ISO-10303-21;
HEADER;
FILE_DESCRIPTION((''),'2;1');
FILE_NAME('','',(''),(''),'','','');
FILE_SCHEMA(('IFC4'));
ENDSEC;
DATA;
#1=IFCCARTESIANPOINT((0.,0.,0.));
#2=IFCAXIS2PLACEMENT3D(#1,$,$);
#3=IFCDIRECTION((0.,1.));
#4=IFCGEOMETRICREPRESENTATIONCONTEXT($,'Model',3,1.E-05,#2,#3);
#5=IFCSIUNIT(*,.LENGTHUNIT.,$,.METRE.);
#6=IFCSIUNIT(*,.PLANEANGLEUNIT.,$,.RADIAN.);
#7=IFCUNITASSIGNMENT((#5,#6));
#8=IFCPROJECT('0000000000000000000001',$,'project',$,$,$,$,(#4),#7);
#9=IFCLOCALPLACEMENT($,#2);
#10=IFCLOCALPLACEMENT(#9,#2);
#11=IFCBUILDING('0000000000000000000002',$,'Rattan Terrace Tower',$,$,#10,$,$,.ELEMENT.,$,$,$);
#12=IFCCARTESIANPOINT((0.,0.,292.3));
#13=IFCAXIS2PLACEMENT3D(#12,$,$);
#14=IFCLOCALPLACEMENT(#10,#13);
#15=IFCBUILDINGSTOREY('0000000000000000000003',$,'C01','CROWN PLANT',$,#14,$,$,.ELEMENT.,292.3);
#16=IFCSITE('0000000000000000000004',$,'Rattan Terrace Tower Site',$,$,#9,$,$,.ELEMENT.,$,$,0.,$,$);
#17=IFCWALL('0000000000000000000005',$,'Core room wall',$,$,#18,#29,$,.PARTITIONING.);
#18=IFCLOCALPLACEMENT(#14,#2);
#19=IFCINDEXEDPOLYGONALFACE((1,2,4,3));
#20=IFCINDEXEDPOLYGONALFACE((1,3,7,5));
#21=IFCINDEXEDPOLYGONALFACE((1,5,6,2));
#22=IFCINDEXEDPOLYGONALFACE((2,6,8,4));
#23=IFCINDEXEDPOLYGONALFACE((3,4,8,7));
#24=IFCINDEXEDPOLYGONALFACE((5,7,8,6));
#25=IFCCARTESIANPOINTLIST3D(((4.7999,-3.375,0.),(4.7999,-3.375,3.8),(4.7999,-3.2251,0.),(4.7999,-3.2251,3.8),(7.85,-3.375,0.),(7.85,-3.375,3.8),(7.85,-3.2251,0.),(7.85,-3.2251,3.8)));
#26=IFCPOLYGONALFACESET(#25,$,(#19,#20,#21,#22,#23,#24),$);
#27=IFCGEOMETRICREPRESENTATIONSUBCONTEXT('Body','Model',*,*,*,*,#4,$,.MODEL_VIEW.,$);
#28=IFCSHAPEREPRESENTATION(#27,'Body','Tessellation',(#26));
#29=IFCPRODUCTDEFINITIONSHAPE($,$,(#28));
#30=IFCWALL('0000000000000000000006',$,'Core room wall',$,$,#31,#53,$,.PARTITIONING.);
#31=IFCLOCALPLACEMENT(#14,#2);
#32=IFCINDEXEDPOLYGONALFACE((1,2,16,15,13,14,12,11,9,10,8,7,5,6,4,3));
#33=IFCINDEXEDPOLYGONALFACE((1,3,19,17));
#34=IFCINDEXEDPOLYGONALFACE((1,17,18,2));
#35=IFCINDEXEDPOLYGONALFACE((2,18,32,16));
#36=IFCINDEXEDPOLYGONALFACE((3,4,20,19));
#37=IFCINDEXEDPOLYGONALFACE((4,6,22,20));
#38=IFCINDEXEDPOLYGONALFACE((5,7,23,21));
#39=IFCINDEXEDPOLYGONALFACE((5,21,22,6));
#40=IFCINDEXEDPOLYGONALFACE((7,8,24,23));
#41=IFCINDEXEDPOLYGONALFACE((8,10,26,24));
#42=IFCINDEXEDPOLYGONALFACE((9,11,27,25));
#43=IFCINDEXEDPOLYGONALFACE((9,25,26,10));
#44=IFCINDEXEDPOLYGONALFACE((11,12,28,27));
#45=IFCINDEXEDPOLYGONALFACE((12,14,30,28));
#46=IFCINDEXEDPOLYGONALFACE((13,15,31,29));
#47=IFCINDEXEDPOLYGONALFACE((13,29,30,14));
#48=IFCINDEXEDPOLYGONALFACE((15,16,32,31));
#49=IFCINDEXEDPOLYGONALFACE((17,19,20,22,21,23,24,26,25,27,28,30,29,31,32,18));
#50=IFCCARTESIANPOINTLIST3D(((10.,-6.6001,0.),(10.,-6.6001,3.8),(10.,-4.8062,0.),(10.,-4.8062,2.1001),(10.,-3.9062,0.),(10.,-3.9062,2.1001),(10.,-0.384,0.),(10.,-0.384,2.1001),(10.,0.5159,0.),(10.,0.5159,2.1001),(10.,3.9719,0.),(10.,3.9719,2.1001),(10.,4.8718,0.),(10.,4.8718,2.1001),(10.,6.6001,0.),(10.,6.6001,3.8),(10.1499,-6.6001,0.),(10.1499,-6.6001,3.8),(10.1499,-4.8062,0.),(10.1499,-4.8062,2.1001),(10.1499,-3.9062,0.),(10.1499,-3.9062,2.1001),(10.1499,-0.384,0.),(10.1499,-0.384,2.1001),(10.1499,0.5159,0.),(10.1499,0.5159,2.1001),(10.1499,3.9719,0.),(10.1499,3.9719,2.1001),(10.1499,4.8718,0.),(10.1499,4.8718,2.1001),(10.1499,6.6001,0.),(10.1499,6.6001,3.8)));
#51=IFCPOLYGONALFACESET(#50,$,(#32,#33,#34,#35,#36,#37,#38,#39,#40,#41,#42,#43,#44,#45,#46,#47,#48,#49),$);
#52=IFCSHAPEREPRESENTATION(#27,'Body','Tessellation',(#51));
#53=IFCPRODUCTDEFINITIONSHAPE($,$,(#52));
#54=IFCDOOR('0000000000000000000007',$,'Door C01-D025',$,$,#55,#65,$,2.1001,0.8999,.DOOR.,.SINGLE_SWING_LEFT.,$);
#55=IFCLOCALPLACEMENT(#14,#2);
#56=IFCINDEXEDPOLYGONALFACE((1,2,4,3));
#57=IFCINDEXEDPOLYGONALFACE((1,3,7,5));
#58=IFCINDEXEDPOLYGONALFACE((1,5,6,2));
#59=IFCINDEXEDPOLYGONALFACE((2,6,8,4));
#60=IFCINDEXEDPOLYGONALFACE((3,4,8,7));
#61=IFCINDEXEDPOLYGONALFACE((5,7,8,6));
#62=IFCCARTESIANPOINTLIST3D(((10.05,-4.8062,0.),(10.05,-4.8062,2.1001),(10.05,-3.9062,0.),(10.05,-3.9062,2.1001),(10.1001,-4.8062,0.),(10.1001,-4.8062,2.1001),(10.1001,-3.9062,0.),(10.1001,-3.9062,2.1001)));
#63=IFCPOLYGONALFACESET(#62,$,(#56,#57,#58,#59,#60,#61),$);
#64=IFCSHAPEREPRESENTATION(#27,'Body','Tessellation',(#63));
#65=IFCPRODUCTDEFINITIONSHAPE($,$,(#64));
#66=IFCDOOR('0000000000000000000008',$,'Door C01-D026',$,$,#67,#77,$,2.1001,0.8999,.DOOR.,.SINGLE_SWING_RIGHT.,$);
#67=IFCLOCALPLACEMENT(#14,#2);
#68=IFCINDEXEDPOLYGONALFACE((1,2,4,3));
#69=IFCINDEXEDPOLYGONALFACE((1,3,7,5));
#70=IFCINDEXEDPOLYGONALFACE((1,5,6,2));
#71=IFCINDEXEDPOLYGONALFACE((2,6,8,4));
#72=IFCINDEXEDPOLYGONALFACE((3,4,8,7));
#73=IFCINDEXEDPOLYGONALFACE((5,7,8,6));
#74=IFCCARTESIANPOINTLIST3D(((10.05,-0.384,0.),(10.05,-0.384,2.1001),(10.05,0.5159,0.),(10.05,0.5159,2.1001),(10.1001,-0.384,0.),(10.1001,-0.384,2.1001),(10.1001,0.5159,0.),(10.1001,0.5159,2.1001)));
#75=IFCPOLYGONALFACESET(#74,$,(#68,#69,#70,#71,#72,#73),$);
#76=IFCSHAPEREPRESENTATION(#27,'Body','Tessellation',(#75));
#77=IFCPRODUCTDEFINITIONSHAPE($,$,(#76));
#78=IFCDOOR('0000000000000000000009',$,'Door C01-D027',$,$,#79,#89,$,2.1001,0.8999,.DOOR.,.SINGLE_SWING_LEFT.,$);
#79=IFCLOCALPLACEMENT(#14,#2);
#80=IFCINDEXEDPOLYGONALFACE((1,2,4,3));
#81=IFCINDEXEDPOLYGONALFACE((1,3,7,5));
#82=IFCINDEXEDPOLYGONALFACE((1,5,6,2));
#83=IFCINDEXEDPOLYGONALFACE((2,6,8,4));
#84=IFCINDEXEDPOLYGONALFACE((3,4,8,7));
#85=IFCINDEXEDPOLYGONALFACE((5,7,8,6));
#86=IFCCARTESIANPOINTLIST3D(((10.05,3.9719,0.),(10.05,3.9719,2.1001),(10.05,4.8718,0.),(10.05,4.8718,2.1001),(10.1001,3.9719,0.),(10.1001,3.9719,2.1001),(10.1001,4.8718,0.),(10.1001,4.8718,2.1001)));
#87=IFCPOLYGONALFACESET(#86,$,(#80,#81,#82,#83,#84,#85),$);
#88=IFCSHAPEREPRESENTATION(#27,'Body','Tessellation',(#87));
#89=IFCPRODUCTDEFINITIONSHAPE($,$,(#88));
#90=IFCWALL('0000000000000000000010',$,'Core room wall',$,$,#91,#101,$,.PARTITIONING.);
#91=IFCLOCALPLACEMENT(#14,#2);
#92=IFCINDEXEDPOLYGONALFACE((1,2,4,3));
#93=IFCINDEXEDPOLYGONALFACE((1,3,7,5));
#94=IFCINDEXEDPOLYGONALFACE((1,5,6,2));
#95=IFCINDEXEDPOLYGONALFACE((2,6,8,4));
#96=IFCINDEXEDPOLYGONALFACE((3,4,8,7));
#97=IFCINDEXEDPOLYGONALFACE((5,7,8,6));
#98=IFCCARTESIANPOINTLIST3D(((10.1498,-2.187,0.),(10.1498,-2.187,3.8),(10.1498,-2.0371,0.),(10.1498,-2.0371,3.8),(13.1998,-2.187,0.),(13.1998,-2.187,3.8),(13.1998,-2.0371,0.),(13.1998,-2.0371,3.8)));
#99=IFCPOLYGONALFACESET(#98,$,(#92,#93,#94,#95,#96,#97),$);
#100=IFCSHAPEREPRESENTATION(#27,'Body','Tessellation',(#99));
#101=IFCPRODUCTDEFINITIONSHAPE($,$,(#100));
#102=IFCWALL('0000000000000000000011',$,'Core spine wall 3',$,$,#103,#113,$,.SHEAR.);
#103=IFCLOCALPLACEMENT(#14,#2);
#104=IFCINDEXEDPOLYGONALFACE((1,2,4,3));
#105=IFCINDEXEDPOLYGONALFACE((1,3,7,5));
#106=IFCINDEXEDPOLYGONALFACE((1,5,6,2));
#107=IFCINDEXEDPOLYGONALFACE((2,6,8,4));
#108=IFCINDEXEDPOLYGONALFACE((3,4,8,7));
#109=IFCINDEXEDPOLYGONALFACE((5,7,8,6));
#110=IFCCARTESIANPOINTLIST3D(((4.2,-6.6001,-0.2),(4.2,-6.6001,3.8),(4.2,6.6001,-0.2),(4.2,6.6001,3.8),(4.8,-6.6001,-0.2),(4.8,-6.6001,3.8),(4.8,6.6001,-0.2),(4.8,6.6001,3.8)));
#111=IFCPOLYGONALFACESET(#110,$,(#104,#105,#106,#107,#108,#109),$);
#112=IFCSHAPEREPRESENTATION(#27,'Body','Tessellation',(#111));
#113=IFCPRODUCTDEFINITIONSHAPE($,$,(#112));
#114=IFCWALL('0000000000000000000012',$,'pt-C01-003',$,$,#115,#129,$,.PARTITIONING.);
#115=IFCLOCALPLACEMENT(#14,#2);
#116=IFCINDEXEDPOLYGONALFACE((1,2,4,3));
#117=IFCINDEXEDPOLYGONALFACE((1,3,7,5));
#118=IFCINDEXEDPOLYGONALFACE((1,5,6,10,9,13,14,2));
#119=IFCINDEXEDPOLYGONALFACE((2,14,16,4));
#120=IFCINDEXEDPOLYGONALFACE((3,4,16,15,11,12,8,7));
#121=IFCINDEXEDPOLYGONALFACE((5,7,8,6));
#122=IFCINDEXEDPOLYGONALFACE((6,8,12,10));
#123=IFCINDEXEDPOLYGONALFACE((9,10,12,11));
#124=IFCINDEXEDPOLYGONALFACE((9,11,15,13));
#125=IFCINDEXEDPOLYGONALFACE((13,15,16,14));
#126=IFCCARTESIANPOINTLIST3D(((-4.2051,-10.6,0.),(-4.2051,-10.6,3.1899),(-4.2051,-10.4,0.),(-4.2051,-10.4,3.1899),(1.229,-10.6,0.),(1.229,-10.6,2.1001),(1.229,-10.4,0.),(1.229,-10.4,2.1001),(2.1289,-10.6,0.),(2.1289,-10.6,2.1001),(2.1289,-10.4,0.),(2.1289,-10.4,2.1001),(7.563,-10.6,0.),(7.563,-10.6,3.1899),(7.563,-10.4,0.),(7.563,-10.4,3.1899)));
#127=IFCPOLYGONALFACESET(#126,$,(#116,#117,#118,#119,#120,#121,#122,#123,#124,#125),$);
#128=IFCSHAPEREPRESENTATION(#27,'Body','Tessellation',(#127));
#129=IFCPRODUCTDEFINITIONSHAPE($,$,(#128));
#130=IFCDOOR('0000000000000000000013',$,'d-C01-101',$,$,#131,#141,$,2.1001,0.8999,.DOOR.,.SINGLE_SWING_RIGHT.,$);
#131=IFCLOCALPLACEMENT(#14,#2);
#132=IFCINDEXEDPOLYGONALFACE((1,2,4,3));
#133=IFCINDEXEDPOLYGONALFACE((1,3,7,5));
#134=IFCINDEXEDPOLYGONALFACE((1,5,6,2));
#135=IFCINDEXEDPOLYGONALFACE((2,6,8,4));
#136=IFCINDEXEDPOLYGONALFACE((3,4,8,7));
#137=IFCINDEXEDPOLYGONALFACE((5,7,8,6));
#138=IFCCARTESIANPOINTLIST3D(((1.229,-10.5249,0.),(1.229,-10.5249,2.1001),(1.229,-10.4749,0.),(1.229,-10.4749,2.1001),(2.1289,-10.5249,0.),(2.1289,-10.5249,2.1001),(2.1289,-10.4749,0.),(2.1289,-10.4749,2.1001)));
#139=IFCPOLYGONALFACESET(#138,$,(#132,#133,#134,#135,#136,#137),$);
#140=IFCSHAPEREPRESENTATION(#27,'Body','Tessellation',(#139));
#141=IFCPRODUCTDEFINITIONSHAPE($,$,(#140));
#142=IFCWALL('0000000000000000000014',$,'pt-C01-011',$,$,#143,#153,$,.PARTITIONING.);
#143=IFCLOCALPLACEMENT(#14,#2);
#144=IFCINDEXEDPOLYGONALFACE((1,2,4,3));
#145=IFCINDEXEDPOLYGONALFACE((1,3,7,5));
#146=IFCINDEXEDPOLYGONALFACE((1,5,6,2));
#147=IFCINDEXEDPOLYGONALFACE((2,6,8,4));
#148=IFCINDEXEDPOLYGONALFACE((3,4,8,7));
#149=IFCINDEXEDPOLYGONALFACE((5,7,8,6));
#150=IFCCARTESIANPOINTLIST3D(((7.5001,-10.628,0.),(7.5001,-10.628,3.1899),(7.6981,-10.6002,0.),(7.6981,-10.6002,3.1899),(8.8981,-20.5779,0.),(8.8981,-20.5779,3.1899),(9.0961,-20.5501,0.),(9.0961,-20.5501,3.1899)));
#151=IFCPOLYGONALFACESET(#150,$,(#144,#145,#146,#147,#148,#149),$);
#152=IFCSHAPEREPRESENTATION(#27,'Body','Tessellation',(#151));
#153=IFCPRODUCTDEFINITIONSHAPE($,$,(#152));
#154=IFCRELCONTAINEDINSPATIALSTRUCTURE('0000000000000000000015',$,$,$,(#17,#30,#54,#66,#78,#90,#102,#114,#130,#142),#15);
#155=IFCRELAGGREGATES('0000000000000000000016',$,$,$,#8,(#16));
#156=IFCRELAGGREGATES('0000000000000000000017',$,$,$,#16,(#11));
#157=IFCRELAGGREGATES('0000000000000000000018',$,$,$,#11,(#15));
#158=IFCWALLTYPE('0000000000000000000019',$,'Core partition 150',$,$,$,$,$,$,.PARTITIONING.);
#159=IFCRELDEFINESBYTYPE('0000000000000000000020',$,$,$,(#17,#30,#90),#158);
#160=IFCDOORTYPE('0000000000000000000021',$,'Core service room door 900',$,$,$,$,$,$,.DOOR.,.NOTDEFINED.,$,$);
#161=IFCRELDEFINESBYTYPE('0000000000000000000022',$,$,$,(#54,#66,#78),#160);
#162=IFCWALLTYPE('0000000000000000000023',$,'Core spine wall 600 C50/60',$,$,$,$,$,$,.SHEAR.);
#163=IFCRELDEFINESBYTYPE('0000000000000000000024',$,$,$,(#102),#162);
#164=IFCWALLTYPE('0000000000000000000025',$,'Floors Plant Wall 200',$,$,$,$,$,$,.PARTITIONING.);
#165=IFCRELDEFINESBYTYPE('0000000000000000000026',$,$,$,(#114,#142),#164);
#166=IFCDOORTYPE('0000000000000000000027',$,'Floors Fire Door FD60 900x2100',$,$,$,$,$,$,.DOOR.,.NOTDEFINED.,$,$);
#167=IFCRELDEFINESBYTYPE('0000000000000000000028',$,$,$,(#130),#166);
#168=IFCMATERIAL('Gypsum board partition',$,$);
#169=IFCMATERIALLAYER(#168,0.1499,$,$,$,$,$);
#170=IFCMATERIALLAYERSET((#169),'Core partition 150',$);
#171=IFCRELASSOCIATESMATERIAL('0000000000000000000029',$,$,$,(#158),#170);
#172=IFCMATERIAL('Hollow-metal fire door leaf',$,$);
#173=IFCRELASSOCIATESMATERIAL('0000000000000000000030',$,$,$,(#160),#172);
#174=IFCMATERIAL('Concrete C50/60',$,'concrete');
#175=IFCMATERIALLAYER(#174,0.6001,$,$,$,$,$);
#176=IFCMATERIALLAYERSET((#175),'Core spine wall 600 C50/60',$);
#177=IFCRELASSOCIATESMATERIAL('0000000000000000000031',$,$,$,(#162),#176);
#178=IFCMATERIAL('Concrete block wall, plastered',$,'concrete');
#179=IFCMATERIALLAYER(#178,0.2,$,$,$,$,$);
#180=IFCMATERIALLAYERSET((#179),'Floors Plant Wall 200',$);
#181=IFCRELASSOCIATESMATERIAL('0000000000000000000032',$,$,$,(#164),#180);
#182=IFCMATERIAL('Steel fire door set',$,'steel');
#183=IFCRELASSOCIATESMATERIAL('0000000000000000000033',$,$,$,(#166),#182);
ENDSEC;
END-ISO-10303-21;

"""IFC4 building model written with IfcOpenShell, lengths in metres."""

from ifc_helpers import new_model, si_unit, direction, frame, frame_2d, origin, place, context, subcontext, project, spatial, rectangle, extrude, material, layer, layer_set, type_object, element, fill, save


model = new_model("IFC4")

# Units and contexts
model_context = context("Model", 3, precision=1e-05, world=origin(), true_north=direction((0.0, 1.0)))
body_context = subcontext(model_context, "Body", "Model", "MODEL_VIEW")
ifc_project = project(units=[si_unit("LENGTHUNIT", "METRE"), si_unit("PLANEANGLEUNIT", "RADIAN")], contexts=[model_context])

# Site, building, storey
site_placement = place(None, origin())
site = spatial("IfcSite", under=ifc_project, at=site_placement, Name="Rattan Terrace Tower Site", CompositionType="ELEMENT", RefElevation=0.0)
building_placement = place(site_placement, origin())
building = spatial("IfcBuilding", under=site, at=building_placement, Name="Rattan Terrace Tower", CompositionType="ELEMENT")
storey_placement = place(building_placement, frame((0.0, 0.0, 292.3)))
storey = spatial("IfcBuildingStorey", under=building, at=storey_placement, Name="C01", Description="CROWN PLANT", CompositionType="ELEMENT", Elevation=292.3)

# Shared definitions
ifc_material_1 = material(Name="Gypsum board partition")
ifc_layer_1 = layer(ifc_material_1, 0.1499)
ifc_layer_set_1 = layer_set([ifc_layer_1], Name="Core partition 150")
wall_type_1 = type_object("IfcWallType", Name="Core partition 150", PredefinedType="PARTITIONING", material=ifc_layer_set_1)
ifc_material_2 = material(Name="Hollow-metal fire door leaf")
door_type_1 = type_object("IfcDoorType", Name="Core service room door 900", OperationType="NOTDEFINED", PredefinedType="DOOR", material=ifc_material_2)

# Wall
wall_1_placement = place(storey_placement, frame((4.8, -3.3, 0.0), z_axis=(0.0, 0.0, 1.0), x_axis=(1.0, 0.0, 0.0)))
element("IfcWall", 1, at=wall_1_placement, inside=storey, type_object=wall_type_1, Name="Core room wall", PredefinedType="PARTITIONING", context=body_context, shape_type="SweptSolid", body=[
    extrude(rectangle(XDim=3.05, YDim=0.1499, at=frame_2d((1.5249, 0.0))), origin(), (0.0, 0.0, 1.0), 3.8),
])

# Wall, openings, doors
wall_2_placement = place(storey_placement, frame((10.075, -6.6001, 0.0), z_axis=(0.0, 0.0, 1.0), x_axis=(0.0, 1.0, 0.0)))
wall_2 = element("IfcWall", 2, at=wall_2_placement, inside=storey, type_object=wall_type_1, Name="Core room wall", PredefinedType="PARTITIONING", context=body_context, shape_type="SweptSolid", body=[
    extrude(rectangle(XDim=13.2002, YDim=0.1499, at=frame_2d((6.6001, 0.0))), origin(), (0.0, 0.0, 1.0), 3.8),
])
opening_1_placement = place(wall_2_placement, frame((1.7939, 0.0, 0.0)))
opening_1 = element("IfcOpeningElement", 3, at=opening_1_placement, cuts=wall_2, PredefinedType="OPENING", context=body_context, shape_type="SweptSolid", body=[
    extrude(rectangle(XDim=0.8999, YDim=2.1001, at=frame_2d((0.45, 1.05))), frame((0.0, 0.0854, 0.0), z_axis=(0.0, -1.0, 0.0), x_axis=(1.0, 0.0, 0.0)), (0.0, 0.0, 1.0), 0.1709),
])
opening_2_placement = place(wall_2_placement, frame((6.2161, 0.0, 0.0)))
opening_2 = element("IfcOpeningElement", 4, at=opening_2_placement, cuts=wall_2, PredefinedType="OPENING", context=body_context, shape_type="SweptSolid", body=[
    extrude(rectangle(XDim=0.8999, YDim=2.1001, at=frame_2d((0.45, 1.05))), frame((0.0, 0.0854, 0.0), z_axis=(0.0, -1.0, 0.0), x_axis=(1.0, 0.0, 0.0)), (0.0, 0.0, 1.0), 0.1709),
])
opening_3_placement = place(wall_2_placement, frame((10.572, 0.0, 0.0)))
opening_3 = element("IfcOpeningElement", 5, at=opening_3_placement, cuts=wall_2, PredefinedType="OPENING", context=body_context, shape_type="SweptSolid", body=[
    extrude(rectangle(XDim=0.8999, YDim=2.1001, at=frame_2d((0.45, 1.05))), frame((0.0, 0.0854, 0.0), z_axis=(0.0, -1.0, 0.0), x_axis=(1.0, 0.0, 0.0)), (0.0, 0.0, 1.0), 0.1709),
])
door_1_placement = place(opening_1_placement, origin())
door_1 = element("IfcDoor", 6, at=door_1_placement, inside=storey, type_object=door_type_1, Name="Door C01-D025", OperationType="SINGLE_SWING_LEFT", OverallHeight=2.1001, OverallWidth=0.8999, PredefinedType="DOOR", context=body_context, shape_type="SweptSolid", body=[
    extrude(rectangle(XDim=0.8999, YDim=2.1001, at=frame_2d((0.45, 1.05))), frame((0.0, 0.0249, 0.0), z_axis=(0.0, -1.0, 0.0), x_axis=(1.0, 0.0, 0.0)), (0.0, 0.0, 1.0), 0.05),
])
fill(opening_1, door_1)
door_2_placement = place(opening_2_placement, origin())
door_2 = element("IfcDoor", 7, at=door_2_placement, inside=storey, type_object=door_type_1, Name="Door C01-D026", OperationType="SINGLE_SWING_RIGHT", OverallHeight=2.1001, OverallWidth=0.8999, PredefinedType="DOOR", context=body_context, shape_type="SweptSolid", body=[
    extrude(rectangle(XDim=0.8999, YDim=2.1001, at=frame_2d((0.45, 1.05))), frame((0.0, 0.0249, 0.0), z_axis=(0.0, -1.0, 0.0), x_axis=(1.0, 0.0, 0.0)), (0.0, 0.0, 1.0), 0.05),
])
fill(opening_2, door_2)
door_3_placement = place(opening_3_placement, origin())
door_3 = element("IfcDoor", 8, at=door_3_placement, inside=storey, type_object=door_type_1, Name="Door C01-D027", OperationType="SINGLE_SWING_LEFT", OverallHeight=2.1001, OverallWidth=0.8999, PredefinedType="DOOR", context=body_context, shape_type="SweptSolid", body=[
    extrude(rectangle(XDim=0.8999, YDim=2.1001, at=frame_2d((0.45, 1.05))), frame((0.0, 0.0249, 0.0), z_axis=(0.0, -1.0, 0.0), x_axis=(1.0, 0.0, 0.0)), (0.0, 0.0, 1.0), 0.05),
])
fill(opening_3, door_3)

# Walls
wall_3_placement = place(storey_placement, frame((10.1499, -2.1121, 0.0), z_axis=(0.0, 0.0, 1.0), x_axis=(1.0, 0.0, 0.0)))
element("IfcWall", 9, at=wall_3_placement, inside=storey, type_object=wall_type_1, Name="Core room wall", PredefinedType="PARTITIONING", context=body_context, shape_type="SweptSolid", body=[
    extrude(rectangle(XDim=3.05, YDim=0.1499, at=frame_2d((1.5249, 0.0))), origin(), (0.0, 0.0, 1.0), 3.8),
])
ifc_material_3 = material(Name="Concrete C50/60", Category="concrete")
ifc_layer_2 = layer(ifc_material_3, 0.6001)
ifc_layer_set_2 = layer_set([ifc_layer_2], Name="Core spine wall 600 C50/60")
wall_type_2 = type_object("IfcWallType", Name="Core spine wall 600 C50/60", PredefinedType="SHEAR", material=ifc_layer_set_2)
wall_4_placement = place(storey_placement, frame((4.5, -6.6001, -0.2), z_axis=(0.0, 0.0, 1.0), x_axis=(0.0, 1.0, 0.0)))
element("IfcWall", 10, at=wall_4_placement, inside=storey, type_object=wall_type_2, Name="Core spine wall 3", PredefinedType="SHEAR", context=body_context, shape_type="SweptSolid", body=[
    extrude(rectangle(XDim=13.2002, YDim=0.6001, at=frame_2d((6.6001, 0.0))), origin(), (0.0, 0.0, 1.0), 4.0),
])

# Wall, opening, door
ifc_material_4 = material(Name="Concrete block wall, plastered", Category="concrete")
ifc_layer_3 = layer(ifc_material_4, 0.2)
ifc_layer_set_3 = layer_set([ifc_layer_3], Name="Floors Plant Wall 200")
wall_type_3 = type_object("IfcWallType", Name="Floors Plant Wall 200", PredefinedType="PARTITIONING", material=ifc_layer_set_3)
wall_5_placement = place(storey_placement, frame((7.563, -10.5, 0.0), z_axis=(0.0, 0.0, 1.0), x_axis=(-1.0, 0.0, 0.0)))
wall_5 = element("IfcWall", 11, at=wall_5_placement, inside=storey, type_object=wall_type_3, Name="pt-C01-003", PredefinedType="PARTITIONING", context=body_context, shape_type="SweptSolid", body=[
    extrude(rectangle(XDim=11.7681, YDim=0.2, at=frame_2d((5.884, 0.0))), origin(), (0.0, 0.0, 1.0), 3.1899),
])
opening_4_placement = place(wall_5_placement, frame((5.4341, 0.0, 0.0)))
opening_4 = element("IfcOpeningElement", 12, at=opening_4_placement, cuts=wall_5, PredefinedType="OPENING", context=body_context, shape_type="SweptSolid", body=[
    extrude(rectangle(XDim=0.8999, YDim=2.1001, at=frame_2d((0.45, 1.05))), frame((0.0, 0.1106, 0.0), z_axis=(0.0, -1.0, 0.0), x_axis=(1.0, 0.0, 0.0)), (0.0, 0.0, 1.0), 0.2209),
])
ifc_material_5 = material(Name="Steel fire door set", Category="steel")
door_type_2 = type_object("IfcDoorType", Name="Floors Fire Door FD60 900x2100", OperationType="NOTDEFINED", PredefinedType="DOOR", material=ifc_material_5)
door_4_placement = place(opening_4_placement, origin())
door_4 = element("IfcDoor", 13, at=door_4_placement, inside=storey, type_object=door_type_2, Name="d-C01-101", OperationType="SINGLE_SWING_RIGHT", OverallHeight=2.1001, OverallWidth=0.8999, PredefinedType="DOOR", context=body_context, shape_type="SweptSolid", body=[
    extrude(rectangle(XDim=0.8999, YDim=2.1001, at=frame_2d((0.45, 1.05))), frame((0.0, 0.0249, 0.0), z_axis=(0.0, -1.0, 0.0), x_axis=(1.0, 0.0, 0.0)), (0.0, 0.0, 1.0), 0.05),
])
fill(opening_4, door_4)

# Wall
wall_6_placement = place(storey_placement, frame((7.5991, -10.614, 0.0), z_axis=(0.0, 0.0, 1.0), x_axis=(0.139132, -0.990274, 0.0)))
element("IfcWall", 14, at=wall_6_placement, inside=storey, type_object=wall_type_3, Name="pt-C01-011", PredefinedType="PARTITIONING", context=body_context, shape_type="SweptSolid", body=[
    extrude(rectangle(XDim=10.0476, YDim=0.2, at=frame_2d((5.0239, 0.0))), origin(), (0.0, 0.0, 1.0), 3.1899),
])

save(model, "model.ifc")
